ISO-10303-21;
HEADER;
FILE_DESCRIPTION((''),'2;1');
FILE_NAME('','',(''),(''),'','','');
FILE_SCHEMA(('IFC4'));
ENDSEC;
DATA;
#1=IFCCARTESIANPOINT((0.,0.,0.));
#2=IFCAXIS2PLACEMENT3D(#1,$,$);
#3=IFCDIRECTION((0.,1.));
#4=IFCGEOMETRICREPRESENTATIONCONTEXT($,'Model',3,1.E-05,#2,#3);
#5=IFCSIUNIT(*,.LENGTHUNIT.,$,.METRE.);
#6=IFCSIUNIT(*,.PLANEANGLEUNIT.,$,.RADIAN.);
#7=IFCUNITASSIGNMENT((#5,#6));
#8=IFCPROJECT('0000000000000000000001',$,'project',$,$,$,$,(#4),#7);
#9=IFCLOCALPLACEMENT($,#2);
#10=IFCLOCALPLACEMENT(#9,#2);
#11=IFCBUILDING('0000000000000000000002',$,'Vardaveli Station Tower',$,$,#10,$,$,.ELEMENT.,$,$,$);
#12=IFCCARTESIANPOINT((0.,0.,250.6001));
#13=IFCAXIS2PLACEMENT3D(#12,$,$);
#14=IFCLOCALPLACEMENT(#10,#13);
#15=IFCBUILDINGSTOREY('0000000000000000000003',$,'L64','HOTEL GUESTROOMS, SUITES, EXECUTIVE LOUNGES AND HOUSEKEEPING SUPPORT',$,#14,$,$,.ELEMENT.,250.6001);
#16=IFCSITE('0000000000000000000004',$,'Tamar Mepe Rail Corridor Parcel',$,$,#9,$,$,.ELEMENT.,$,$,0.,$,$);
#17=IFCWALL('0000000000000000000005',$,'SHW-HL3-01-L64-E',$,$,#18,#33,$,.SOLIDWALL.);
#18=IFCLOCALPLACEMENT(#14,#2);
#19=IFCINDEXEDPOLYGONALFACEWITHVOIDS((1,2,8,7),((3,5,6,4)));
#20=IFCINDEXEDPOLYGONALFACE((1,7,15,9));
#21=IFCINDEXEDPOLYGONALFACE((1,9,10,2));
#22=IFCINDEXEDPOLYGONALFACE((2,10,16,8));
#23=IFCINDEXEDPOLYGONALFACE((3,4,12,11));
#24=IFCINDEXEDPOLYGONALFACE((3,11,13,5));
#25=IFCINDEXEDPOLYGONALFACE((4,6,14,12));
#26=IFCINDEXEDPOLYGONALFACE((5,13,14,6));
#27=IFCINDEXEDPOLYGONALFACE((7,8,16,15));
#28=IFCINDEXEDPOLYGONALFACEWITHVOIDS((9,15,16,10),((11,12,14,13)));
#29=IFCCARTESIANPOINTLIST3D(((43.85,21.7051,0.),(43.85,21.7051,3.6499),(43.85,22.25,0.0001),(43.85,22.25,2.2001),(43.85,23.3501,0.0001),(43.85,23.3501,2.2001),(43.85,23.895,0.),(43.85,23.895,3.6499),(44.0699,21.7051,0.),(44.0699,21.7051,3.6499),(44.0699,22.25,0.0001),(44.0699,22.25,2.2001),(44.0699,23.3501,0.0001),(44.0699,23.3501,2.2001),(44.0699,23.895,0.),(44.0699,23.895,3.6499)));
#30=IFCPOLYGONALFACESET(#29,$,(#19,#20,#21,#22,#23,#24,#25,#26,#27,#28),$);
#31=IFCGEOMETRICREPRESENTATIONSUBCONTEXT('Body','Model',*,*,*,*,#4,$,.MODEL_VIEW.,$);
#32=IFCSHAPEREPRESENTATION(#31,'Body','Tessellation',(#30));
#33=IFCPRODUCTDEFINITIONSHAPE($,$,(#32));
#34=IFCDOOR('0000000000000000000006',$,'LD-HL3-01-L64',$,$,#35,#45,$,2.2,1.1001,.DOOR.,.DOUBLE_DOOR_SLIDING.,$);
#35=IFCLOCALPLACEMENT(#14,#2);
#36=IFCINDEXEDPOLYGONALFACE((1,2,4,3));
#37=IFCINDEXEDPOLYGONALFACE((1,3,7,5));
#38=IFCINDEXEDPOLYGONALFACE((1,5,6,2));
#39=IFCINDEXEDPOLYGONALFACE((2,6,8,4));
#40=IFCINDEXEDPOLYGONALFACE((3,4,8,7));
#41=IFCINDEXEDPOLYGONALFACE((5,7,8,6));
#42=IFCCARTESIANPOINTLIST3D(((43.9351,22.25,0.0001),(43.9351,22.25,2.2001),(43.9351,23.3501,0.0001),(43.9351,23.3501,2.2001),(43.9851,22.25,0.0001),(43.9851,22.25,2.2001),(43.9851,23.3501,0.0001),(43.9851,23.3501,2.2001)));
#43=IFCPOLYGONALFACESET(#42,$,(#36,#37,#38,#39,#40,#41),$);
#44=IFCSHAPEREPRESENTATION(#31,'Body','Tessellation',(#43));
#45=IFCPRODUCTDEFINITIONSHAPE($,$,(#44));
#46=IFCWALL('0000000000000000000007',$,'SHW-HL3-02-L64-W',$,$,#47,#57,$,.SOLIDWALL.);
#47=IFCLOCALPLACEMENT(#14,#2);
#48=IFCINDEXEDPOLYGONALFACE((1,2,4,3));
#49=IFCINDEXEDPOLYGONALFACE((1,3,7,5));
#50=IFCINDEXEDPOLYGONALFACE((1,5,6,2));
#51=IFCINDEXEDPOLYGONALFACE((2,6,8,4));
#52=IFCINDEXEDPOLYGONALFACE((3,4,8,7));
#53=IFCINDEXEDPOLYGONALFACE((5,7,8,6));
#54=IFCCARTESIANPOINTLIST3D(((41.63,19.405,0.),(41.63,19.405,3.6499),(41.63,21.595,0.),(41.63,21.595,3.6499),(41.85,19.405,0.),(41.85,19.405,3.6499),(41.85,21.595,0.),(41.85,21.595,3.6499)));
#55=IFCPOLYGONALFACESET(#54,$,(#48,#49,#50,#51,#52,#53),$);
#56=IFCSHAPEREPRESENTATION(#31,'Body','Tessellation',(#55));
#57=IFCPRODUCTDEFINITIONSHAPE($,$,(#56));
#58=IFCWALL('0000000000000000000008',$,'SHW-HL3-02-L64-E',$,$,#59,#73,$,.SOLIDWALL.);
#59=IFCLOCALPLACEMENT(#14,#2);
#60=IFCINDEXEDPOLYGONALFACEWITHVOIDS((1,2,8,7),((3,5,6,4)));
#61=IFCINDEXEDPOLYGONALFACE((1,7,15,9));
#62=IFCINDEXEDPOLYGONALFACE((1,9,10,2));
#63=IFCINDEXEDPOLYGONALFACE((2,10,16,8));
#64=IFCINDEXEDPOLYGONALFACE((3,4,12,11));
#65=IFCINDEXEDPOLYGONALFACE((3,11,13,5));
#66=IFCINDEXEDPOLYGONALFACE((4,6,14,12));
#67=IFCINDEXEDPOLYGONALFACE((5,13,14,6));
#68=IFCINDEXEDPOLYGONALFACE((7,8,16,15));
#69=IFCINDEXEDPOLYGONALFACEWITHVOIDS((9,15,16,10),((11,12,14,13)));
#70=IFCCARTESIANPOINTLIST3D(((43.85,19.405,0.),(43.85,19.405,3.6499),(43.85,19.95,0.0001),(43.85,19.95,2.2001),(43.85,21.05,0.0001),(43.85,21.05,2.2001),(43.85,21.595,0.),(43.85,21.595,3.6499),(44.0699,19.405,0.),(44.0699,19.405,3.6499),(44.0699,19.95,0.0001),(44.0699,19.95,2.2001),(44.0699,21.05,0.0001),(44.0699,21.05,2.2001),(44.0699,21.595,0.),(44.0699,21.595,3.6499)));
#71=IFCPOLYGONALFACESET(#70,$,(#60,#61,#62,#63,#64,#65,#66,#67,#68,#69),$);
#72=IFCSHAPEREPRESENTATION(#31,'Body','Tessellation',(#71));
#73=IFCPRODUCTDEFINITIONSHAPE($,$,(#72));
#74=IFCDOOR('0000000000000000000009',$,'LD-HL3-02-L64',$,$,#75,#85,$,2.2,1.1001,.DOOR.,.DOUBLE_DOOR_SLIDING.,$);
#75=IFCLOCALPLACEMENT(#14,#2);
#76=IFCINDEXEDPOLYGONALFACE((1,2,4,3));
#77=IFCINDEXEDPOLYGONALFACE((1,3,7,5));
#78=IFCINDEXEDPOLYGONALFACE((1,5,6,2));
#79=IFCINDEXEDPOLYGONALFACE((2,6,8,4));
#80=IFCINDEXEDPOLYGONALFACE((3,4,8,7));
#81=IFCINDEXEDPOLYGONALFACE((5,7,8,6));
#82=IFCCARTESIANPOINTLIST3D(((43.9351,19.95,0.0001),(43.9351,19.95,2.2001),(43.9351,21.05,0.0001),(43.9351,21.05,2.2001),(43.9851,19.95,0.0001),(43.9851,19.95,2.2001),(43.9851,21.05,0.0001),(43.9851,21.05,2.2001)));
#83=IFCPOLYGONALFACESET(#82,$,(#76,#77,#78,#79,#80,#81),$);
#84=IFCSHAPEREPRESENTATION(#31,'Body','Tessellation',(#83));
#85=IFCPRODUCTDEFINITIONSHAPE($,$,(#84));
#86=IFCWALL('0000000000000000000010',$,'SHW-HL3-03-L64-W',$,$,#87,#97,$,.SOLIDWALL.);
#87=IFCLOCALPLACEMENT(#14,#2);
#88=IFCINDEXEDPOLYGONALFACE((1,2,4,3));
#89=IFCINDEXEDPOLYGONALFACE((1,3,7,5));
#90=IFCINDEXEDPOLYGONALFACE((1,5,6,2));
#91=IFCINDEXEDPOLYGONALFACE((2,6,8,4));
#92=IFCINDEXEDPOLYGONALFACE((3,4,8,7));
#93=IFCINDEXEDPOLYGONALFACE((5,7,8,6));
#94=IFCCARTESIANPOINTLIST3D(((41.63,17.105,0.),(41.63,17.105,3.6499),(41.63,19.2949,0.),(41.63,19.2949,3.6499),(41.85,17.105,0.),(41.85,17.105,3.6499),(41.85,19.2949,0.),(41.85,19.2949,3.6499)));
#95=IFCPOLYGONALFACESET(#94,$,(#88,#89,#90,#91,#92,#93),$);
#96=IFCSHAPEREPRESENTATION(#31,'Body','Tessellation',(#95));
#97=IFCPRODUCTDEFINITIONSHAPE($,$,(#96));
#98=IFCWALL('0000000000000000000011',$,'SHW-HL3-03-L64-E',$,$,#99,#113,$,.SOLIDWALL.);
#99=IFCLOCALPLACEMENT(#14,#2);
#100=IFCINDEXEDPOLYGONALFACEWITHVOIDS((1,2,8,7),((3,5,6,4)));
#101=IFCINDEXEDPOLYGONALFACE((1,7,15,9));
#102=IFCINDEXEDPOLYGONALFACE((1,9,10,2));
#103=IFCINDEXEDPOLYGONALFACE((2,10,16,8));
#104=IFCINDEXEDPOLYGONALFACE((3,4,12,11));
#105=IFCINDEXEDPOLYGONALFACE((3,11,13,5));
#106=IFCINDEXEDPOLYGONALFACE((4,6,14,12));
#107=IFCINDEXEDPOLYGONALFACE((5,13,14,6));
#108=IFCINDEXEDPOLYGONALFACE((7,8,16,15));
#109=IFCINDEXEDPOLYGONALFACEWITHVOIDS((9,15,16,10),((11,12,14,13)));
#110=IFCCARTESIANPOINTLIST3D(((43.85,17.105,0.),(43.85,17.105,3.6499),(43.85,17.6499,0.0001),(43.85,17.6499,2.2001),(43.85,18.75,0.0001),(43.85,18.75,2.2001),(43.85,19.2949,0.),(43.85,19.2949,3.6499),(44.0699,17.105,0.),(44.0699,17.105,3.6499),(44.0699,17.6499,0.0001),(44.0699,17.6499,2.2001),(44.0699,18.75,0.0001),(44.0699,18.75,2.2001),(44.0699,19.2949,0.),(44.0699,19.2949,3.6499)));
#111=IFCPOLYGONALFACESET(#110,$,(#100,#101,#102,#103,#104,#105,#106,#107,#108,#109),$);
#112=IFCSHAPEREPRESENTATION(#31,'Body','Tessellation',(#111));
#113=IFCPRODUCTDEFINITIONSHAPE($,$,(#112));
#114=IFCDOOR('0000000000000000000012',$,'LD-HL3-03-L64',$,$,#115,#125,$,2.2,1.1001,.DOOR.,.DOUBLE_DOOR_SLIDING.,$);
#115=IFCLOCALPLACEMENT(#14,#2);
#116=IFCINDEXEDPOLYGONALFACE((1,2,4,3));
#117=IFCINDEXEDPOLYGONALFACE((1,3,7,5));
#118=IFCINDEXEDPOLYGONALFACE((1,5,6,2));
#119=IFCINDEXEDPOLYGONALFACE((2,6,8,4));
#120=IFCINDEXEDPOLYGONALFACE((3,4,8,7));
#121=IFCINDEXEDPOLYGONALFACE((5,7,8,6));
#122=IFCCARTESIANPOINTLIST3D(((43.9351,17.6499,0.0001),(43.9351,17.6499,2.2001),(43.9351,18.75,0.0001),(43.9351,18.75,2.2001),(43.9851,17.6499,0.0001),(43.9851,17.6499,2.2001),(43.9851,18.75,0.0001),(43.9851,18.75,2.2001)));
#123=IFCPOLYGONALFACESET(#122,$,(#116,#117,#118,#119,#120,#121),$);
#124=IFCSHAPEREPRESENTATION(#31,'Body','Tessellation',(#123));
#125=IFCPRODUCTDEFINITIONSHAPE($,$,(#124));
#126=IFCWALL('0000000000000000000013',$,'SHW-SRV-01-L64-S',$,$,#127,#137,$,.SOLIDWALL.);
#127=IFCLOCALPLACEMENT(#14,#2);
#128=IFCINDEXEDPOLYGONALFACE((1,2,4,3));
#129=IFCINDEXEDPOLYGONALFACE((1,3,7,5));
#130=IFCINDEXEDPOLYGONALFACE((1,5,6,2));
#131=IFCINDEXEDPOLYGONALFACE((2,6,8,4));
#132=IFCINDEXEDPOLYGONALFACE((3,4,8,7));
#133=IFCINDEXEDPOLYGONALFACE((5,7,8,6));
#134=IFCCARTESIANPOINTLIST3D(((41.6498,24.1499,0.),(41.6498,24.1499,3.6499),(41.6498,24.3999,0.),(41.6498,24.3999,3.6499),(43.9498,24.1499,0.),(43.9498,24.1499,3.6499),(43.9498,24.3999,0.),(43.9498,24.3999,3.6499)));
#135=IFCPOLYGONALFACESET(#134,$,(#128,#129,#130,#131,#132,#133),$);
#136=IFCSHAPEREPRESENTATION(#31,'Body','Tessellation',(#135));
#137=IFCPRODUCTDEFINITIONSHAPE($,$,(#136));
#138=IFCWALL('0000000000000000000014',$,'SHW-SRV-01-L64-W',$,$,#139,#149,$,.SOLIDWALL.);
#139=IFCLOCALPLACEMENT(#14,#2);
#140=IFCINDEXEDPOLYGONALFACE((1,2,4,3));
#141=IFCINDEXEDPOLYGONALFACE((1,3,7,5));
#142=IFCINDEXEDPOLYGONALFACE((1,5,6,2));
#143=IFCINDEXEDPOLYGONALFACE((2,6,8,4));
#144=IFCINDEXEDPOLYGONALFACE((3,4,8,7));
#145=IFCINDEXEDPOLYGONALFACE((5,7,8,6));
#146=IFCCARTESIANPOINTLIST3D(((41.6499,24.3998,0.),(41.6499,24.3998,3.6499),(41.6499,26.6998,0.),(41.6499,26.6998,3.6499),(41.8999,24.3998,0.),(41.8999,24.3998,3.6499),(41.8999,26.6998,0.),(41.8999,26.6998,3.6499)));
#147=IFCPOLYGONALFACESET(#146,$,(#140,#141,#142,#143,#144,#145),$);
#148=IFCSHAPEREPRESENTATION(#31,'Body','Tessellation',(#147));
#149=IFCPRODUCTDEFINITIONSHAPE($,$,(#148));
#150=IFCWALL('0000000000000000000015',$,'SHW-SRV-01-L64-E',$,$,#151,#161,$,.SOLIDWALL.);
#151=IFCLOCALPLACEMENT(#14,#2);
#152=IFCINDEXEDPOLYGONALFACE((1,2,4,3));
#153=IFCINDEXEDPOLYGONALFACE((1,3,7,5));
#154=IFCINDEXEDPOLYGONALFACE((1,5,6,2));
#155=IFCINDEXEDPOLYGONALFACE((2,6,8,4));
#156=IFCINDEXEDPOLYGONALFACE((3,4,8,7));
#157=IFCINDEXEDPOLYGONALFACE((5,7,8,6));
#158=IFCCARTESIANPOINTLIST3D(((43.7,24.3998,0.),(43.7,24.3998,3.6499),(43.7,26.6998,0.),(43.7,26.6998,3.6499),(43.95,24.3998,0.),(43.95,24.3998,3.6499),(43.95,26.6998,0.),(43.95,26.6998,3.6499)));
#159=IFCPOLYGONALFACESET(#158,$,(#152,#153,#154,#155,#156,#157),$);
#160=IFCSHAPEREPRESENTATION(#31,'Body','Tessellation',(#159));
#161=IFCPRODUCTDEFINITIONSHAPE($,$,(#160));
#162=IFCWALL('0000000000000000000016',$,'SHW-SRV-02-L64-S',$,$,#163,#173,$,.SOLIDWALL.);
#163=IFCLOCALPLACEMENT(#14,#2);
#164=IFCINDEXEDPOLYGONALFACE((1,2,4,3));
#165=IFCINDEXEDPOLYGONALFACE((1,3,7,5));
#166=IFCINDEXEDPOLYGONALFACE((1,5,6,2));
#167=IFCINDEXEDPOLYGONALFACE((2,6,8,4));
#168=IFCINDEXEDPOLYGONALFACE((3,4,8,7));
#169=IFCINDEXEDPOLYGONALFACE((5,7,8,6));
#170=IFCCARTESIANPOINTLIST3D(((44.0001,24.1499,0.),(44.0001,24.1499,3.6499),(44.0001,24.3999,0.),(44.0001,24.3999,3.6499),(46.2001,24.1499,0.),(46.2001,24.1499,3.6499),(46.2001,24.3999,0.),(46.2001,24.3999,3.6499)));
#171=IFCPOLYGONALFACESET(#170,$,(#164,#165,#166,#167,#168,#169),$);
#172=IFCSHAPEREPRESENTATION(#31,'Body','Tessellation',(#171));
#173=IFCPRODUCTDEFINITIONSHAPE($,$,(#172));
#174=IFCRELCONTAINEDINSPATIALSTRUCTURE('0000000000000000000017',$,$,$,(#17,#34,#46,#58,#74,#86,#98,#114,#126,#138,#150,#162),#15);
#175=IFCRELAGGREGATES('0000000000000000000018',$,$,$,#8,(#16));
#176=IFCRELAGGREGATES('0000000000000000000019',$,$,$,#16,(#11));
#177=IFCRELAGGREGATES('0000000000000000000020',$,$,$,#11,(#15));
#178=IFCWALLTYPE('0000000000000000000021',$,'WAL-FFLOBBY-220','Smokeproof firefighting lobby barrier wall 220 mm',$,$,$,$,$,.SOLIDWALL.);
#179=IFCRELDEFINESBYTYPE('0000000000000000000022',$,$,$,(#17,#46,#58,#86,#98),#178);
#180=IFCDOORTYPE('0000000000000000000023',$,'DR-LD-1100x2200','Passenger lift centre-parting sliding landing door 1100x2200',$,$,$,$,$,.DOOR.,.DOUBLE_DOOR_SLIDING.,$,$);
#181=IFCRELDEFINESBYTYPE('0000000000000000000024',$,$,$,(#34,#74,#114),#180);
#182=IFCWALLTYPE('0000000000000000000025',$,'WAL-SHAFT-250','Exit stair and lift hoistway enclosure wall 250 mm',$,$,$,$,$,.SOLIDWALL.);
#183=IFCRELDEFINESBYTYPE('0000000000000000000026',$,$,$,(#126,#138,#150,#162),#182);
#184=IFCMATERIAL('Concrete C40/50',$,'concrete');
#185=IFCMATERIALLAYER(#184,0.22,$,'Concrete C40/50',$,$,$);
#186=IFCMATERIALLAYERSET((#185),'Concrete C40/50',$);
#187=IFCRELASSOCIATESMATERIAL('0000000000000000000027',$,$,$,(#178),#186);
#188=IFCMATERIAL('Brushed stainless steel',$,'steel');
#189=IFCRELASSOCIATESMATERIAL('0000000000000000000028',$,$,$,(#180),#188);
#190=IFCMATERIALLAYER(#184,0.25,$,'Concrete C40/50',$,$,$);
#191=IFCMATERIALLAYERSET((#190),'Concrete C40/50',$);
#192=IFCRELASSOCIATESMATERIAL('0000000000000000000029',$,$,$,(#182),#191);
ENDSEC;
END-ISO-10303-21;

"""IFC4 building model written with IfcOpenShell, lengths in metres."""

from ifc_helpers import new_model, si_unit, direction, frame, frame_2d, origin, place, context, subcontext, project, spatial, rectangle, extrude, source, transform, mapped, material, layer, layer_set, type_object, element, fill, save


model = new_model("IFC4")

# Units and contexts
model_context = context("Model", 3, precision=1e-05, world=origin(), true_north=direction((0.0, 1.0)))
body_context = subcontext(model_context, "Body", "Model", "MODEL_VIEW")
ifc_project = project(units=[si_unit("LENGTHUNIT", "METRE"), si_unit("PLANEANGLEUNIT", "RADIAN")], contexts=[model_context])

# Site, building, storey
site_placement = place(None, origin())
site = spatial("IfcSite", under=ifc_project, at=site_placement, Name="Tamar Mepe Rail Corridor Parcel", CompositionType="ELEMENT", RefElevation=0.0)
building_placement = place(site_placement, origin())
building = spatial("IfcBuilding", under=site, at=building_placement, Name="Vardaveli Station Tower", CompositionType="ELEMENT")
storey_placement = place(building_placement, frame((0.0, 0.0, 250.6001)))
storey = spatial("IfcBuildingStorey", under=building, at=storey_placement, Name="L64", Description="HOTEL GUESTROOMS, SUITES, EXECUTIVE LOUNGES AND HOUSEKEEPING SUPPORT", CompositionType="ELEMENT", Elevation=250.6001)

# Shared definitions
ifc_material_1 = material(Name="Concrete C40/50", Category="concrete")
ifc_layer_1 = layer(ifc_material_1, 0.22, Name="Concrete C40/50")
ifc_layer_set_1 = layer_set([ifc_layer_1], Name="Concrete C40/50")
wall_type_1 = type_object("IfcWallType", Name="WAL-FFLOBBY-220", Description="Smokeproof firefighting lobby barrier wall 220 mm", PredefinedType="SOLIDWALL", material=ifc_layer_set_1)
shared_shape_1 = source(origin(), body_context, "Body", "SweptSolid", [
    extrude(rectangle(XDim=2.1899, YDim=0.22, at=frame_2d((1.095, 0.0))), origin(), (0.0, 0.0, 1.0), 3.6499),
])

# Wall, opening, door
wall_1_placement = place(storey_placement, frame((43.96, 21.7051, 0.0), z_axis=(0.0, 0.0, 1.0), x_axis=(0.0, 1.0, 0.0)))
wall_1 = element("IfcWall", 1, at=wall_1_placement, inside=storey, type_object=wall_type_1, Name="SHW-HL3-01-L64-E", PredefinedType="SOLIDWALL", context=body_context, shape_type="MappedRepresentation", body=[
    mapped(shared_shape_1, transform((0.0, 0.0, 0.0), scale=1.0)),
])
shared_shape_2 = source(origin(), body_context, "Body", "SweptSolid", [
    extrude(rectangle(XDim=1.1001, YDim=2.2, at=frame_2d((0.55, 1.1001))), frame((0.0, 0.1201, 0.0), z_axis=(0.0, -1.0, 0.0), x_axis=(1.0, 0.0, 0.0)), (0.0, 0.0, 1.0), 0.24),
])
opening_1_placement = place(wall_1_placement, frame((0.5449, 0.0, 0.0)))
opening_1 = element("IfcOpeningElement", 2, at=opening_1_placement, cuts=wall_1, PredefinedType="OPENING", context=body_context, shape_type="MappedRepresentation", body=[
    mapped(shared_shape_2, transform((0.0, 0.0, 0.0), scale=1.0)),
])
ifc_material_2 = material(Name="Brushed stainless steel", Category="steel")
door_type = type_object("IfcDoorType", Name="DR-LD-1100x2200", Description="Passenger lift centre-parting sliding landing door 1100x2200", OperationType="DOUBLE_DOOR_SLIDING", PredefinedType="DOOR", material=ifc_material_2)
shared_shape_3 = source(origin(), body_context, "Body", "SweptSolid", [
    extrude(rectangle(XDim=1.1001, YDim=2.2, at=frame_2d((0.55, 1.1001))), frame((0.0, 0.0249, 0.0), z_axis=(0.0, -1.0, 0.0), x_axis=(1.0, 0.0, 0.0)), (0.0, 0.0, 1.0), 0.05),
])
door_1_placement = place(opening_1_placement, origin())
door_1 = element("IfcDoor", 3, at=door_1_placement, inside=storey, type_object=door_type, Name="LD-HL3-01-L64", OperationType="DOUBLE_DOOR_SLIDING", OverallHeight=2.2, OverallWidth=1.1001, PredefinedType="DOOR", context=body_context, shape_type="MappedRepresentation", body=[
    mapped(shared_shape_3, transform((0.0, 0.0, 0.0), scale=1.0)),
])
fill(opening_1, door_1)

# Wall
wall_2_placement = place(storey_placement, frame((41.74, 19.405, 0.0), z_axis=(0.0, 0.0, 1.0), x_axis=(0.0, 1.0, 0.0)))
element("IfcWall", 4, at=wall_2_placement, inside=storey, type_object=wall_type_1, Name="SHW-HL3-02-L64-W", PredefinedType="SOLIDWALL", context=body_context, shape_type="MappedRepresentation", body=[
    mapped(shared_shape_1, transform((0.0, 0.0, 0.0), scale=1.0)),
])

# Wall, opening, door
wall_3_placement = place(storey_placement, frame((43.96, 19.405, 0.0), z_axis=(0.0, 0.0, 1.0), x_axis=(0.0, 1.0, 0.0)))
wall_3 = element("IfcWall", 5, at=wall_3_placement, inside=storey, type_object=wall_type_1, Name="SHW-HL3-02-L64-E", PredefinedType="SOLIDWALL", context=body_context, shape_type="MappedRepresentation", body=[
    mapped(shared_shape_1, transform((0.0, 0.0, 0.0), scale=1.0)),
])
opening_2_placement = place(wall_3_placement, frame((0.5449, 0.0, 0.0)))
opening_2 = element("IfcOpeningElement", 6, at=opening_2_placement, cuts=wall_3, PredefinedType="OPENING", context=body_context, shape_type="MappedRepresentation", body=[
    mapped(shared_shape_2, transform((0.0, 0.0, 0.0), scale=1.0)),
])
door_2_placement = place(opening_2_placement, origin())
door_2 = element("IfcDoor", 7, at=door_2_placement, inside=storey, type_object=door_type, Name="LD-HL3-02-L64", OperationType="DOUBLE_DOOR_SLIDING", OverallHeight=2.2, OverallWidth=1.1001, PredefinedType="DOOR", context=body_context, shape_type="MappedRepresentation", body=[
    mapped(shared_shape_3, transform((0.0, 0.0, 0.0), scale=1.0)),
])
fill(opening_2, door_2)

# Wall
wall_4_placement = place(storey_placement, frame((41.74, 17.105, 0.0), z_axis=(0.0, 0.0, 1.0), x_axis=(0.0, 1.0, 0.0)))
element("IfcWall", 8, at=wall_4_placement, inside=storey, type_object=wall_type_1, Name="SHW-HL3-03-L64-W", PredefinedType="SOLIDWALL", context=body_context, shape_type="MappedRepresentation", body=[
    mapped(shared_shape_1, transform((0.0, 0.0, 0.0), scale=1.0)),
])

# Wall, opening, door
wall_5_placement = place(storey_placement, frame((43.96, 17.105, 0.0), z_axis=(0.0, 0.0, 1.0), x_axis=(0.0, 1.0, 0.0)))
wall_5 = element("IfcWall", 9, at=wall_5_placement, inside=storey, type_object=wall_type_1, Name="SHW-HL3-03-L64-E", PredefinedType="SOLIDWALL", context=body_context, shape_type="MappedRepresentation", body=[
    mapped(shared_shape_1, transform((0.0, 0.0, 0.0), scale=1.0)),
])
opening_3_placement = place(wall_5_placement, frame((0.5449, 0.0, 0.0)))
opening_3 = element("IfcOpeningElement", 10, at=opening_3_placement, cuts=wall_5, PredefinedType="OPENING", context=body_context, shape_type="MappedRepresentation", body=[
    mapped(shared_shape_2, transform((0.0, 0.0, 0.0), scale=1.0)),
])
door_3_placement = place(opening_3_placement, origin())
door_3 = element("IfcDoor", 11, at=door_3_placement, inside=storey, type_object=door_type, Name="LD-HL3-03-L64", OperationType="DOUBLE_DOOR_SLIDING", OverallHeight=2.2, OverallWidth=1.1001, PredefinedType="DOOR", context=body_context, shape_type="MappedRepresentation", body=[
    mapped(shared_shape_3, transform((0.0, 0.0, 0.0), scale=1.0)),
])
fill(opening_3, door_3)

# Walls
ifc_layer_2 = layer(ifc_material_1, 0.25, Name="Concrete C40/50")
ifc_layer_set_2 = layer_set([ifc_layer_2], Name="Concrete C40/50")
wall_type_2 = type_object("IfcWallType", Name="WAL-SHAFT-250", Description="Exit stair and lift hoistway enclosure wall 250 mm", PredefinedType="SOLIDWALL", material=ifc_layer_set_2)
shared_shape_4 = source(origin(), body_context, "Body", "SweptSolid", [
    extrude(rectangle(XDim=2.3, YDim=0.25, at=frame_2d((1.1499, 0.0))), origin(), (0.0, 0.0, 1.0), 3.6499),
])
for number, where, z_axis, x_axis, name in (
    (12, (41.6499, 24.2749, 0.0), (0.0, 0.0, 1.0), (1.0, 0.0, 0.0), "SHW-SRV-01-L64-S"),
    (13, (41.7749, 24.3999, 0.0), (0.0, 0.0, 1.0), (0.0, 1.0, 0.0), "SHW-SRV-01-L64-W"),
    (14, (43.825, 24.3999, 0.0), (0.0, 0.0, 1.0), (0.0, 1.0, 0.0), "SHW-SRV-01-L64-E"),
):
    element("IfcWall", number, at=place(storey_placement, frame(where, z_axis=z_axis, x_axis=x_axis)), inside=storey, type_object=wall_type_2, Name=name, PredefinedType="SOLIDWALL", context=body_context, shape_type="MappedRepresentation", body=[
        mapped(shared_shape_4, transform((0.0, 0.0, 0.0), scale=1.0)),
    ])
shared_shape_5 = source(origin(), body_context, "Body", "SweptSolid", [
    extrude(rectangle(XDim=2.2, YDim=0.25, at=frame_2d((1.1001, 0.0))), origin(), (0.0, 0.0, 1.0), 3.6499),
])
wall_6_placement = place(storey_placement, frame((44.0, 24.2749, 0.0), z_axis=(0.0, 0.0, 1.0), x_axis=(1.0, 0.0, 0.0)))
element("IfcWall", 15, at=wall_6_placement, inside=storey, type_object=wall_type_2, Name="SHW-SRV-02-L64-S", PredefinedType="SOLIDWALL", context=body_context, shape_type="MappedRepresentation", body=[
    mapped(shared_shape_5, transform((0.0, 0.0, 0.0), scale=1.0)),
])

save(model, "model.ifc")
